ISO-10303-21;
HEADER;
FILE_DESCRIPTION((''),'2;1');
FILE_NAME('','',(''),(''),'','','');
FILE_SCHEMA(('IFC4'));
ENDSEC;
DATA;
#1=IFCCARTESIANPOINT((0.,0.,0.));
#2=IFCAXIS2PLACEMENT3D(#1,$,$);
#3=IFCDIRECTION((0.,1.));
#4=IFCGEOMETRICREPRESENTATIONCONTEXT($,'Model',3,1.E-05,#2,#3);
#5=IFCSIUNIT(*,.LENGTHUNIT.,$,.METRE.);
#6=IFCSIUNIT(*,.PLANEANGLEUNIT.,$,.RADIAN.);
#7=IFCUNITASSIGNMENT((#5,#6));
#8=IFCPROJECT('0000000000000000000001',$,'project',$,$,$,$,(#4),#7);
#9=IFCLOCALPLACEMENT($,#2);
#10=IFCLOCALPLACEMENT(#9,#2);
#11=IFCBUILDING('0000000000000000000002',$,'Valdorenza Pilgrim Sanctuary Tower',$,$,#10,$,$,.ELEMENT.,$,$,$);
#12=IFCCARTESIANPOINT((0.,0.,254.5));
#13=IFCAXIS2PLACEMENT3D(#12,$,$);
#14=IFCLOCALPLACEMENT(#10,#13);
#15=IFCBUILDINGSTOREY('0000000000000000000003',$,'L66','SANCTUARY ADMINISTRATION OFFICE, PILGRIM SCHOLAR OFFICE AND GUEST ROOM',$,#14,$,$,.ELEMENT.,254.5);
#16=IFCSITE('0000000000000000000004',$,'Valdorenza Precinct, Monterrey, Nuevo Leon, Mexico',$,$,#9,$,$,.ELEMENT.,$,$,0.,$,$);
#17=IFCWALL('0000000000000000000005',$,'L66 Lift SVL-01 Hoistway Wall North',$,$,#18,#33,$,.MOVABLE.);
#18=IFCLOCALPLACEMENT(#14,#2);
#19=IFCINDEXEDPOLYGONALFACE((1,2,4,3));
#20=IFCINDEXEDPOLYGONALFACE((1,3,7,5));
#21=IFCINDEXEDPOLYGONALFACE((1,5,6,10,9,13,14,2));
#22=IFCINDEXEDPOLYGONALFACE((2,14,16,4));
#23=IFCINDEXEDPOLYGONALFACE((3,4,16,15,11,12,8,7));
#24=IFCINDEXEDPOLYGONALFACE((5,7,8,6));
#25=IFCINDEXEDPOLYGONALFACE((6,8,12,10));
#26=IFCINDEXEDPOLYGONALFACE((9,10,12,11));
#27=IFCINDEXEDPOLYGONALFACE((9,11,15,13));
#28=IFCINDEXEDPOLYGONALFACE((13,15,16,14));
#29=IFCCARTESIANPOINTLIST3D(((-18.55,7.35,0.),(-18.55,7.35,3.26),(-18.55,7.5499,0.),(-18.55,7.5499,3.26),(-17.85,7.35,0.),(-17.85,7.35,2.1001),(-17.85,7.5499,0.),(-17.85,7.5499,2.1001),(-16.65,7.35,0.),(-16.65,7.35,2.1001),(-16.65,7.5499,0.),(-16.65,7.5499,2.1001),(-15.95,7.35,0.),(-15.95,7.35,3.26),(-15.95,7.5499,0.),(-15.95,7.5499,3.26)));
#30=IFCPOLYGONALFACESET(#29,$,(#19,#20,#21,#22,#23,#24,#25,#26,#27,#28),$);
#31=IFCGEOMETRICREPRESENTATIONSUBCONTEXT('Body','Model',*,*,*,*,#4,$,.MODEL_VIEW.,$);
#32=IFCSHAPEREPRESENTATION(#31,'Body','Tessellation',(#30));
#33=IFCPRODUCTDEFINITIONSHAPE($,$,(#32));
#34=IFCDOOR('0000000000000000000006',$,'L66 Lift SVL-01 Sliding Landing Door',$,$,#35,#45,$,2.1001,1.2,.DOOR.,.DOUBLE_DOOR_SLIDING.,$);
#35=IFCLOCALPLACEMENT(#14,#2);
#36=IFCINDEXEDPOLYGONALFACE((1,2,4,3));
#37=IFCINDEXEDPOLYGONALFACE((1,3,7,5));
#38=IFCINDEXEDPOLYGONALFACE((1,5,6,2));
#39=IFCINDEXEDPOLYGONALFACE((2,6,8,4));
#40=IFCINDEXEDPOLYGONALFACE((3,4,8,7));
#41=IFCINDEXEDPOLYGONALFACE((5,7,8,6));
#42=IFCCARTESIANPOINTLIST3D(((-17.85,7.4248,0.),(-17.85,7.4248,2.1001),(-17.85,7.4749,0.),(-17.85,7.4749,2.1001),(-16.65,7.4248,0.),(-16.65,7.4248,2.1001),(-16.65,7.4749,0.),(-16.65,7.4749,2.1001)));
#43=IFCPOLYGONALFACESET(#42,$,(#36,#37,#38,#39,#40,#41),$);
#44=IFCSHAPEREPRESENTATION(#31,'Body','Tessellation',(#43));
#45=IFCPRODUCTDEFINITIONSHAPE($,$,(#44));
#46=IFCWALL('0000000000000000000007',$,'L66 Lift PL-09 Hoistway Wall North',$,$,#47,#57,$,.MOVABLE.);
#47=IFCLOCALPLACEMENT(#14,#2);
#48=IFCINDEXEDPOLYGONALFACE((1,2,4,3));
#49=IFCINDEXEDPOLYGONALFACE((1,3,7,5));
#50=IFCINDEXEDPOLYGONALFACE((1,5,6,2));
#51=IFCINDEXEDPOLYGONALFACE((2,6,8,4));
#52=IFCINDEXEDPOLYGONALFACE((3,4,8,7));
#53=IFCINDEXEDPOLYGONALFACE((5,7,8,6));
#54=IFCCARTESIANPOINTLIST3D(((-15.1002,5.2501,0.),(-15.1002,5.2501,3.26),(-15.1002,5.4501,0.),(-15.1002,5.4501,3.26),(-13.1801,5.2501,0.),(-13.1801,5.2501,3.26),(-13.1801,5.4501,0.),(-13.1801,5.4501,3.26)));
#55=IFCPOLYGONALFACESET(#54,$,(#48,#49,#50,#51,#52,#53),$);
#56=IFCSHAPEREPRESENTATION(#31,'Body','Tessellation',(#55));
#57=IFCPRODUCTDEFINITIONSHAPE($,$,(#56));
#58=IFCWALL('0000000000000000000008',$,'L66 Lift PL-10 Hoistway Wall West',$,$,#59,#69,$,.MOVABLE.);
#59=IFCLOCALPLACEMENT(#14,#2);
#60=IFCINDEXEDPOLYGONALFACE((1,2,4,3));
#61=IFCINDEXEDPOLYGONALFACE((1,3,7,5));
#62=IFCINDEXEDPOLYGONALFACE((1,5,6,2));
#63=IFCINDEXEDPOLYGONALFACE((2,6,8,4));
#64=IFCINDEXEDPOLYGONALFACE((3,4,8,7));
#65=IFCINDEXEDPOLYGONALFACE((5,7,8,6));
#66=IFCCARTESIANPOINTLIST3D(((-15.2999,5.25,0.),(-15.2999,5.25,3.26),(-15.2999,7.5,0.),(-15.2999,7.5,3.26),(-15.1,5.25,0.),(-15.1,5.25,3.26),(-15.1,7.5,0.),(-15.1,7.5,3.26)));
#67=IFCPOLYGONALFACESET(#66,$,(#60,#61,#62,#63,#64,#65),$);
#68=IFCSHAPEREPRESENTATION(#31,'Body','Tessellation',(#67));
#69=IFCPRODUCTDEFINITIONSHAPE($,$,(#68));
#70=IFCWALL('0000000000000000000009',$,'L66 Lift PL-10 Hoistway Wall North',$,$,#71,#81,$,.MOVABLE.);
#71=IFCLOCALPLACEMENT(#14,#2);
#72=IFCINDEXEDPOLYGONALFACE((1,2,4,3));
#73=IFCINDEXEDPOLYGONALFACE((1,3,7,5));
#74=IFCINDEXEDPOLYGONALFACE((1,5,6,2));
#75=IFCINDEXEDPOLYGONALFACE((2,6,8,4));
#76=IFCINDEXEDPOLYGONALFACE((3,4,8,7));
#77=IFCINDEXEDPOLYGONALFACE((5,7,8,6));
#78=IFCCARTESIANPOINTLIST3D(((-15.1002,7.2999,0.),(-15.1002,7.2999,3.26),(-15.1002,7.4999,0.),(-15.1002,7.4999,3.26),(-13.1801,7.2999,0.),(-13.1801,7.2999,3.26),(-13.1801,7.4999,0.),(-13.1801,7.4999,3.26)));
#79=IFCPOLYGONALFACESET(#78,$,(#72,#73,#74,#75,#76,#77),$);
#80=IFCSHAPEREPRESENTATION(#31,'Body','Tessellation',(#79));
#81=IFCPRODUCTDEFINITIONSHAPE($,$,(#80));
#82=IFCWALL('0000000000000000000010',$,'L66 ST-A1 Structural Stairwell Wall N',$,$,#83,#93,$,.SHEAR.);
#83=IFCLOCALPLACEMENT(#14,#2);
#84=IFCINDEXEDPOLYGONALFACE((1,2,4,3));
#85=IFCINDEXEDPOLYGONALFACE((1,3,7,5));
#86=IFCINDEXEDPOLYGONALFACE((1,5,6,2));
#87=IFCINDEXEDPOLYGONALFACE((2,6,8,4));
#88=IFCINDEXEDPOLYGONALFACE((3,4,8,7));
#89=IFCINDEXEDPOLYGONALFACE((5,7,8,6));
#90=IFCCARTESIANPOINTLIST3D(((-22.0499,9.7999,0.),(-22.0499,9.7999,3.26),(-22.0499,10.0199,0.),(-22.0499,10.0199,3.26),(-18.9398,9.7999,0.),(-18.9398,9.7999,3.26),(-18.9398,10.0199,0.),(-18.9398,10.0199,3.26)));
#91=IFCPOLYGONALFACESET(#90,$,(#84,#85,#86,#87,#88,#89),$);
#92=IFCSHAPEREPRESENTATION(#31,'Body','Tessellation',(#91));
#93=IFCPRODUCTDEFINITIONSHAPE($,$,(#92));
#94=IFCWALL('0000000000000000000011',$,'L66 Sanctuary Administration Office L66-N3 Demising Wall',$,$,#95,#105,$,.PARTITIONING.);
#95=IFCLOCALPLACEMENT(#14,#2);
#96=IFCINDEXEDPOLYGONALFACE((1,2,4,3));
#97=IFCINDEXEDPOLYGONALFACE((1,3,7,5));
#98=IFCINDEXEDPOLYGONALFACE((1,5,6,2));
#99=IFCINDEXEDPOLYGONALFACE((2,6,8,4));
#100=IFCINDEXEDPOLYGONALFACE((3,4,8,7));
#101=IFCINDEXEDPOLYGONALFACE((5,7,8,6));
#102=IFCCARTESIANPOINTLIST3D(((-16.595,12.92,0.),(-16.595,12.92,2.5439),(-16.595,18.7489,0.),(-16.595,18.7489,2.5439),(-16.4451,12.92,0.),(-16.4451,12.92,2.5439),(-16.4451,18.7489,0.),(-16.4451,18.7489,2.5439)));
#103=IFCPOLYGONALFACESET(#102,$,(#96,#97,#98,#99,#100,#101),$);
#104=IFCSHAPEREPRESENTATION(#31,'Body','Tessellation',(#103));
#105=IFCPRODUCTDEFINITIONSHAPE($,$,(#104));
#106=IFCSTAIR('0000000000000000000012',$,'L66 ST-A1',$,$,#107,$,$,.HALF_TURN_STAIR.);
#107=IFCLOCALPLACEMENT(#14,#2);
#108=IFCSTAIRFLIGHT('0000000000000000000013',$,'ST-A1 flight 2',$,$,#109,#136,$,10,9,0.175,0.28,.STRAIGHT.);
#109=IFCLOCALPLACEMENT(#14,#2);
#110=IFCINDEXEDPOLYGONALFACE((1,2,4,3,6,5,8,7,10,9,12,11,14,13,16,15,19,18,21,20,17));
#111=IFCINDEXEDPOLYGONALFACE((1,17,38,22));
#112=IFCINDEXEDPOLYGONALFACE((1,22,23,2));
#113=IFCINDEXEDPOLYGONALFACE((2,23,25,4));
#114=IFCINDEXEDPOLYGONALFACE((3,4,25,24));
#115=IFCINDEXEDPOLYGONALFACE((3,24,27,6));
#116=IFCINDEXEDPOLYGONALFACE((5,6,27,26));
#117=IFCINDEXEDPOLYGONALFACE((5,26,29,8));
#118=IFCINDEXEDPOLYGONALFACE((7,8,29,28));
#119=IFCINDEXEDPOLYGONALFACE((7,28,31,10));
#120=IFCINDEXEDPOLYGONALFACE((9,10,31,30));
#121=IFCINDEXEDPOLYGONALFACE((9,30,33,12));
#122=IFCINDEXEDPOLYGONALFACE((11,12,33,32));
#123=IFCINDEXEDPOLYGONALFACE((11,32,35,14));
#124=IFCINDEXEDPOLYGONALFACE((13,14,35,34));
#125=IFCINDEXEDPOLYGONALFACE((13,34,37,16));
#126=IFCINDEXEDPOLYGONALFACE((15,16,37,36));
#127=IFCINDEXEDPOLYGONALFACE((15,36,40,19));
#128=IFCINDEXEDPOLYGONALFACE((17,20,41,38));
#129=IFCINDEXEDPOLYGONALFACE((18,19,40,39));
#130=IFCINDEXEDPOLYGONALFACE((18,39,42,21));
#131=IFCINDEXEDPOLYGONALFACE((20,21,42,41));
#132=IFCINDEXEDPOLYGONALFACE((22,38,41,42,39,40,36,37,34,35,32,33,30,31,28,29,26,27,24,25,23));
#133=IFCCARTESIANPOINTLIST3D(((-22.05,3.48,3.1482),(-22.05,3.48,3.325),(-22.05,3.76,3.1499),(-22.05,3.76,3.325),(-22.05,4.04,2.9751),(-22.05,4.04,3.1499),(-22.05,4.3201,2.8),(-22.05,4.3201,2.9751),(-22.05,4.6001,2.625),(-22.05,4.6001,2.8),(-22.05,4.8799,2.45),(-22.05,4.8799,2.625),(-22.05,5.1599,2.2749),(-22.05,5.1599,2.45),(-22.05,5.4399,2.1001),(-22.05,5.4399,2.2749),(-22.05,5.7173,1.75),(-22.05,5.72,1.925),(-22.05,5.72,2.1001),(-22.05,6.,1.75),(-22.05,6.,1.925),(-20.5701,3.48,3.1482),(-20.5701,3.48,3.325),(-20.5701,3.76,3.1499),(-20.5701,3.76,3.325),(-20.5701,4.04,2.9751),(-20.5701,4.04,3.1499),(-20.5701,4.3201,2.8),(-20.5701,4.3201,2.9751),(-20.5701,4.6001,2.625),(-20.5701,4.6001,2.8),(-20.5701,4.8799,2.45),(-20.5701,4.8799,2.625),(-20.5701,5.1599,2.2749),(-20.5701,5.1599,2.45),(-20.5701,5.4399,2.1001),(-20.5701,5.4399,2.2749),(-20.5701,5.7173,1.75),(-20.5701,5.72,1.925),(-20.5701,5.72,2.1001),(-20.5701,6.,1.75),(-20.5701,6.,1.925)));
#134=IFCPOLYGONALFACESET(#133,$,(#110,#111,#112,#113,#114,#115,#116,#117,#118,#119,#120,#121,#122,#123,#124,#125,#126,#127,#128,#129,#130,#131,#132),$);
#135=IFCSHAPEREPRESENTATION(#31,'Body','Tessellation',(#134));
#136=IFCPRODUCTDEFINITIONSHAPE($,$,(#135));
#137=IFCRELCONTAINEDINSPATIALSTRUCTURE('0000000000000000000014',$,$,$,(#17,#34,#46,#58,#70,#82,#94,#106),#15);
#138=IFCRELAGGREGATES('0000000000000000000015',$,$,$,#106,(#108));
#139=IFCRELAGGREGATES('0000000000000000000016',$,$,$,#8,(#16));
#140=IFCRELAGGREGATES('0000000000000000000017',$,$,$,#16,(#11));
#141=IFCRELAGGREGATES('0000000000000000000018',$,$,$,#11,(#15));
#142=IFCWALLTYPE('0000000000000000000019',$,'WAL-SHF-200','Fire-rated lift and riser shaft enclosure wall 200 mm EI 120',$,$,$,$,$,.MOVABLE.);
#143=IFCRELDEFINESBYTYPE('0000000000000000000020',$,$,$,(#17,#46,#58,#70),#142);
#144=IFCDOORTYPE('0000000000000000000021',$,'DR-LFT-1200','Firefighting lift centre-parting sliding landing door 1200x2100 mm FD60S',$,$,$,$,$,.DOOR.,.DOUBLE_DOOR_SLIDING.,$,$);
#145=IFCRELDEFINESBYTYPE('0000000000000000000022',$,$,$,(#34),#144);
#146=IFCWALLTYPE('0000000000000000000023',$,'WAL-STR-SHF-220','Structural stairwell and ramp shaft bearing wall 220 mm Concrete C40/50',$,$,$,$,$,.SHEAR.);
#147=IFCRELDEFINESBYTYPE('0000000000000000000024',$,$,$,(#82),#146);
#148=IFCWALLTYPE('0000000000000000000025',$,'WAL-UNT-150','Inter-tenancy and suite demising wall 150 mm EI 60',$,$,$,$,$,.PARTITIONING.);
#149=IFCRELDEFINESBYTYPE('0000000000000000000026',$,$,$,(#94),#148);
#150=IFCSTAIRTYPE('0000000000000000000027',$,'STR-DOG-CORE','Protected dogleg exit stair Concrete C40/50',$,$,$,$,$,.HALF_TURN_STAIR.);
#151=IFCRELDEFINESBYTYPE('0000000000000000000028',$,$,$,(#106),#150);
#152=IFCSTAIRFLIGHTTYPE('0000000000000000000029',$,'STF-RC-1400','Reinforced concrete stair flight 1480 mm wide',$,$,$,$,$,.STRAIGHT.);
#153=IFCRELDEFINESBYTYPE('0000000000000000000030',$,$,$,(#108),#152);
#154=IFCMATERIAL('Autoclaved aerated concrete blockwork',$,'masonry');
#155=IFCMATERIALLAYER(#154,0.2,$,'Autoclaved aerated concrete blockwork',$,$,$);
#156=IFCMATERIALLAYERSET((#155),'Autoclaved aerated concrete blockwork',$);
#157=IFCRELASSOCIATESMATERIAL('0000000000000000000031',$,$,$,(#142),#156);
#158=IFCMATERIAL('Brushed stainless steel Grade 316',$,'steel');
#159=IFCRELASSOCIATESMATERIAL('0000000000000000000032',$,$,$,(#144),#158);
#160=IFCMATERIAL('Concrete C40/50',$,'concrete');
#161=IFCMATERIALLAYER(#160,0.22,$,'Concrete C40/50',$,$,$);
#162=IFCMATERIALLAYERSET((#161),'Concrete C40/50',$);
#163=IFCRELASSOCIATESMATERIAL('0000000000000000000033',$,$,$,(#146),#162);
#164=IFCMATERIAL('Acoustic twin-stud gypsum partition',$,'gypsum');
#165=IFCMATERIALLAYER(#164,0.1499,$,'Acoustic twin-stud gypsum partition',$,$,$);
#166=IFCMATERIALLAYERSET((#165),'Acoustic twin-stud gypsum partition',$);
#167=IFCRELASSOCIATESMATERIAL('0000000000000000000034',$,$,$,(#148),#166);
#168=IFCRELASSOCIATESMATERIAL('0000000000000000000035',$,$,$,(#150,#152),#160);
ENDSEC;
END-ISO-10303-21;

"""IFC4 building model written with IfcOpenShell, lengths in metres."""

from ifc_helpers import new_model, si_unit, direction, frame, frame_2d, origin, place, context, subcontext, project, spatial, polyline, rectangle, outline, extrude, material, layer, layer_set, type_object, element, fill, aggregate, save


model = new_model("IFC4")

# Units and contexts
model_context = context("Model", 3, precision=1e-05, world=origin(), true_north=direction((0.0, 1.0)))
body_context = subcontext(model_context, "Body", "Model", "MODEL_VIEW")
ifc_project = project(units=[si_unit("LENGTHUNIT", "METRE"), si_unit("PLANEANGLEUNIT", "RADIAN")], contexts=[model_context])

# Site, building, storey
site_placement = place(None, origin())
site = spatial("IfcSite", under=ifc_project, at=site_placement, Name="Valdorenza Precinct, Monterrey, Nuevo Leon, Mexico", CompositionType="ELEMENT", RefElevation=0.0)
building_placement = place(site_placement, origin())
building = spatial("IfcBuilding", under=site, at=building_placement, Name="Valdorenza Pilgrim Sanctuary Tower", CompositionType="ELEMENT")
storey_placement = place(building_placement, frame((0.0, 0.0, 254.5)))
storey = spatial("IfcBuildingStorey", under=building, at=storey_placement, Name="L66", Description="SANCTUARY ADMINISTRATION OFFICE, PILGRIM SCHOLAR OFFICE AND GUEST ROOM", CompositionType="ELEMENT", Elevation=254.5)

# Shared definitions
ifc_material_1 = material(Name="Acoustic twin-stud gypsum partition", Category="gypsum")

# Wall, opening, door
ifc_material_2 = material(Name="Autoclaved aerated concrete blockwork", Category="masonry")
ifc_layer_1 = layer(ifc_material_2, 0.2, Name="Autoclaved aerated concrete blockwork")
ifc_layer_set_1 = layer_set([ifc_layer_1], Name="Autoclaved aerated concrete blockwork")
wall_type_1 = type_object("IfcWallType", Name="WAL-SHF-200", Description="Fire-rated lift and riser shaft enclosure wall 200 mm EI 120", PredefinedType="MOVABLE", material=ifc_layer_set_1)
wall_1_placement = place(storey_placement, frame((-18.55, 7.45, 0.0), z_axis=(0.0, 0.0, 1.0), x_axis=(1.0, 0.0, 0.0)))
wall_1 = element("IfcWall", 1, at=wall_1_placement, inside=storey, type_object=wall_type_1, Name="L66 Lift SVL-01 Hoistway Wall North", PredefinedType="MOVABLE", context=body_context, shape_type="SweptSolid", body=[
    extrude(rectangle(XDim=2.6001, YDim=0.2, at=frame_2d((1.3, 0.0))), origin(), (0.0, 0.0, 1.0), 3.26),
])
opening_1_placement = place(wall_1_placement, frame((0.7, 0.0, 0.0)))
opening_1 = element("IfcOpeningElement", 2, at=opening_1_placement, cuts=wall_1, PredefinedType="OPENING", context=body_context, shape_type="SweptSolid", body=[
    extrude(rectangle(XDim=1.2, YDim=2.1001, at=frame_2d((0.6001, 1.05))), frame((0.0, 0.1147, 0.0), z_axis=(0.0, -1.0, 0.0), x_axis=(1.0, 0.0, 0.0)), (0.0, 0.0, 1.0), 0.2297),
])
ifc_material_3 = material(Name="Brushed stainless steel Grade 316", Category="steel")
door_type_1 = type_object("IfcDoorType", Name="DR-LFT-1200", Description="Firefighting lift centre-parting sliding landing door 1200x2100 mm FD60S", OperationType="DOUBLE_DOOR_SLIDING", PredefinedType="DOOR", material=ifc_material_3)
door_1_placement = place(opening_1_placement, origin())
door_1 = element("IfcDoor", 3, at=door_1_placement, inside=storey, type_object=door_type_1, Name="L66 Lift SVL-01 Sliding Landing Door", OperationType="DOUBLE_DOOR_SLIDING", OverallHeight=2.1001, OverallWidth=1.2, PredefinedType="DOOR", context=body_context, shape_type="SweptSolid", body=[
    extrude(rectangle(XDim=1.2, YDim=2.1001, at=frame_2d((0.6001, 1.05))), frame((0.0, 0.0249, 0.0), z_axis=(0.0, -1.0, 0.0), x_axis=(1.0, 0.0, 0.0)), (0.0, 0.0, 1.0), 0.05),
])
fill(opening_1, door_1)

# Walls
wall_2_placement = place(storey_placement, frame((-15.1001, 5.3501, 0.0), z_axis=(0.0, 0.0, 1.0), x_axis=(1.0, 0.0, 0.0)))
element("IfcWall", 4, at=wall_2_placement, inside=storey, type_object=wall_type_1, Name="L66 Lift PL-09 Hoistway Wall North", PredefinedType="MOVABLE", context=body_context, shape_type="SweptSolid", body=[
    extrude(rectangle(XDim=1.9202, YDim=0.2, at=frame_2d((0.96, 0.0))), origin(), (0.0, 0.0, 1.0), 3.26),
])
wall_3_placement = place(storey_placement, frame((-15.2, 5.25, 0.0), z_axis=(0.0, 0.0, 1.0), x_axis=(0.0, 1.0, 0.0)))
element("IfcWall", 5, at=wall_3_placement, inside=storey, type_object=wall_type_1, Name="L66 Lift PL-10 Hoistway Wall West", PredefinedType="MOVABLE", context=body_context, shape_type="SweptSolid", body=[
    extrude(rectangle(XDim=2.25, YDim=0.2, at=frame_2d((1.125, 0.0))), origin(), (0.0, 0.0, 1.0), 3.26),
])
wall_4_placement = place(storey_placement, frame((-15.1001, 7.3999, 0.0), z_axis=(0.0, 0.0, 1.0), x_axis=(1.0, 0.0, 0.0)))
element("IfcWall", 6, at=wall_4_placement, inside=storey, type_object=wall_type_1, Name="L66 Lift PL-10 Hoistway Wall North", PredefinedType="MOVABLE", context=body_context, shape_type="SweptSolid", body=[
    extrude(rectangle(XDim=1.9202, YDim=0.2, at=frame_2d((0.96, 0.0))), origin(), (0.0, 0.0, 1.0), 3.26),
])
ifc_material_4 = material(Name="Concrete C40/50", Category="concrete")
ifc_layer_2 = layer(ifc_material_4, 0.22, Name="Concrete C40/50")
ifc_layer_set_2 = layer_set([ifc_layer_2], Name="Concrete C40/50")
wall_type_2 = type_object("IfcWallType", Name="WAL-STR-SHF-220", Description="Structural stairwell and ramp shaft bearing wall 220 mm Concrete C40/50", PredefinedType="SHEAR", material=ifc_layer_set_2)
wall_5_placement = place(storey_placement, frame((-22.05, 9.9099, 0.0), z_axis=(0.0, 0.0, 1.0), x_axis=(1.0, 0.0, 0.0)))
element("IfcWall", 7, at=wall_5_placement, inside=storey, type_object=wall_type_2, Name="L66 ST-A1 Structural Stairwell Wall N", PredefinedType="SHEAR", context=body_context, shape_type="SweptSolid", body=[
    extrude(rectangle(XDim=3.1101, YDim=0.22, at=frame_2d((1.5552, 0.0))), origin(), (0.0, 0.0, 1.0), 3.26),
])
ifc_layer_3 = layer(ifc_material_1, 0.1499, Name="Acoustic twin-stud gypsum partition")
ifc_layer_set_3 = layer_set([ifc_layer_3], Name="Acoustic twin-stud gypsum partition")
wall_type_3 = type_object("IfcWallType", Name="WAL-UNT-150", Description="Inter-tenancy and suite demising wall 150 mm EI 60", PredefinedType="PARTITIONING", material=ifc_layer_set_3)
wall_6_placement = place(storey_placement, frame((-16.52, 12.9199, 0.0), z_axis=(0.0, 0.0, 1.0), x_axis=(0.0, 1.0, 0.0)))
element("IfcWall", 8, at=wall_6_placement, inside=storey, type_object=wall_type_3, Name="L66 Sanctuary Administration Office L66-N3 Demising Wall", PredefinedType="PARTITIONING", context=body_context, shape_type="SweptSolid", body=[
    extrude(rectangle(XDim=5.8289, YDim=0.1499, at=frame_2d((2.9146, 0.0))), origin(), (0.0, 0.0, 1.0), 2.5439),
])

# Stair, stair flight
stair_type = type_object("IfcStairType", Name="STR-DOG-CORE", Description="Protected dogleg exit stair Concrete C40/50", PredefinedType="HALF_TURN_STAIR", material=ifc_material_4)
stair_placement = place(storey_placement, origin())
stair = element("IfcStair", 9, at=stair_placement, inside=storey, type_object=stair_type, Name="L66 ST-A1", PredefinedType="HALF_TURN_STAIR")
stair_flight_type = type_object("IfcStairFlightType", Name="STF-RC-1400", Description="Reinforced concrete stair flight 1480 mm wide", PredefinedType="STRAIGHT", material=ifc_material_4)
stair_flight_placement = place(storey_placement, frame((-21.3101, 6.0, 1.75), z_axis=(0.0, 0.0, 1.0), x_axis=(0.0, -1.0, 0.0)))
stair_flight = element("IfcStairFlight", 10, at=stair_flight_placement, type_object=stair_flight_type, Name="ST-A1 flight 2", NumberOfRisers=10, NumberOfTreads=9, PredefinedType="STRAIGHT", RiserHeight=0.175, TreadLength=0.28, context=body_context, shape_type="SweptSolid", body=[
    extrude(outline(polyline([(0.0, 0.0), (0.0, 0.175), (0.28, 0.175), (0.28, 0.3501), (0.5601, 0.3501), (0.5601, 0.5249), (0.8401, 0.5249), (0.8401, 0.7), (1.1201, 0.7), (1.1201, 0.875), (1.3999, 0.875), (1.3999, 1.05), (1.6799, 1.05), (1.6799, 1.2251), (1.96, 1.2251), (1.96, 1.3999), (2.24, 1.3999), (2.24, 1.575), (2.52, 1.575), (2.52, 1.75), (2.52, 1.3982), (0.2827, 0.0), (0.0, 0.0)])), frame((0.0, 0.74, 0.0), z_axis=(0.0, -1.0, 0.0), x_axis=(1.0, 0.0, 0.0)), (0.0, 0.0, 1.0), 1.48),
])
aggregate(stair, [stair_flight])

save(model, "model.ifc")
